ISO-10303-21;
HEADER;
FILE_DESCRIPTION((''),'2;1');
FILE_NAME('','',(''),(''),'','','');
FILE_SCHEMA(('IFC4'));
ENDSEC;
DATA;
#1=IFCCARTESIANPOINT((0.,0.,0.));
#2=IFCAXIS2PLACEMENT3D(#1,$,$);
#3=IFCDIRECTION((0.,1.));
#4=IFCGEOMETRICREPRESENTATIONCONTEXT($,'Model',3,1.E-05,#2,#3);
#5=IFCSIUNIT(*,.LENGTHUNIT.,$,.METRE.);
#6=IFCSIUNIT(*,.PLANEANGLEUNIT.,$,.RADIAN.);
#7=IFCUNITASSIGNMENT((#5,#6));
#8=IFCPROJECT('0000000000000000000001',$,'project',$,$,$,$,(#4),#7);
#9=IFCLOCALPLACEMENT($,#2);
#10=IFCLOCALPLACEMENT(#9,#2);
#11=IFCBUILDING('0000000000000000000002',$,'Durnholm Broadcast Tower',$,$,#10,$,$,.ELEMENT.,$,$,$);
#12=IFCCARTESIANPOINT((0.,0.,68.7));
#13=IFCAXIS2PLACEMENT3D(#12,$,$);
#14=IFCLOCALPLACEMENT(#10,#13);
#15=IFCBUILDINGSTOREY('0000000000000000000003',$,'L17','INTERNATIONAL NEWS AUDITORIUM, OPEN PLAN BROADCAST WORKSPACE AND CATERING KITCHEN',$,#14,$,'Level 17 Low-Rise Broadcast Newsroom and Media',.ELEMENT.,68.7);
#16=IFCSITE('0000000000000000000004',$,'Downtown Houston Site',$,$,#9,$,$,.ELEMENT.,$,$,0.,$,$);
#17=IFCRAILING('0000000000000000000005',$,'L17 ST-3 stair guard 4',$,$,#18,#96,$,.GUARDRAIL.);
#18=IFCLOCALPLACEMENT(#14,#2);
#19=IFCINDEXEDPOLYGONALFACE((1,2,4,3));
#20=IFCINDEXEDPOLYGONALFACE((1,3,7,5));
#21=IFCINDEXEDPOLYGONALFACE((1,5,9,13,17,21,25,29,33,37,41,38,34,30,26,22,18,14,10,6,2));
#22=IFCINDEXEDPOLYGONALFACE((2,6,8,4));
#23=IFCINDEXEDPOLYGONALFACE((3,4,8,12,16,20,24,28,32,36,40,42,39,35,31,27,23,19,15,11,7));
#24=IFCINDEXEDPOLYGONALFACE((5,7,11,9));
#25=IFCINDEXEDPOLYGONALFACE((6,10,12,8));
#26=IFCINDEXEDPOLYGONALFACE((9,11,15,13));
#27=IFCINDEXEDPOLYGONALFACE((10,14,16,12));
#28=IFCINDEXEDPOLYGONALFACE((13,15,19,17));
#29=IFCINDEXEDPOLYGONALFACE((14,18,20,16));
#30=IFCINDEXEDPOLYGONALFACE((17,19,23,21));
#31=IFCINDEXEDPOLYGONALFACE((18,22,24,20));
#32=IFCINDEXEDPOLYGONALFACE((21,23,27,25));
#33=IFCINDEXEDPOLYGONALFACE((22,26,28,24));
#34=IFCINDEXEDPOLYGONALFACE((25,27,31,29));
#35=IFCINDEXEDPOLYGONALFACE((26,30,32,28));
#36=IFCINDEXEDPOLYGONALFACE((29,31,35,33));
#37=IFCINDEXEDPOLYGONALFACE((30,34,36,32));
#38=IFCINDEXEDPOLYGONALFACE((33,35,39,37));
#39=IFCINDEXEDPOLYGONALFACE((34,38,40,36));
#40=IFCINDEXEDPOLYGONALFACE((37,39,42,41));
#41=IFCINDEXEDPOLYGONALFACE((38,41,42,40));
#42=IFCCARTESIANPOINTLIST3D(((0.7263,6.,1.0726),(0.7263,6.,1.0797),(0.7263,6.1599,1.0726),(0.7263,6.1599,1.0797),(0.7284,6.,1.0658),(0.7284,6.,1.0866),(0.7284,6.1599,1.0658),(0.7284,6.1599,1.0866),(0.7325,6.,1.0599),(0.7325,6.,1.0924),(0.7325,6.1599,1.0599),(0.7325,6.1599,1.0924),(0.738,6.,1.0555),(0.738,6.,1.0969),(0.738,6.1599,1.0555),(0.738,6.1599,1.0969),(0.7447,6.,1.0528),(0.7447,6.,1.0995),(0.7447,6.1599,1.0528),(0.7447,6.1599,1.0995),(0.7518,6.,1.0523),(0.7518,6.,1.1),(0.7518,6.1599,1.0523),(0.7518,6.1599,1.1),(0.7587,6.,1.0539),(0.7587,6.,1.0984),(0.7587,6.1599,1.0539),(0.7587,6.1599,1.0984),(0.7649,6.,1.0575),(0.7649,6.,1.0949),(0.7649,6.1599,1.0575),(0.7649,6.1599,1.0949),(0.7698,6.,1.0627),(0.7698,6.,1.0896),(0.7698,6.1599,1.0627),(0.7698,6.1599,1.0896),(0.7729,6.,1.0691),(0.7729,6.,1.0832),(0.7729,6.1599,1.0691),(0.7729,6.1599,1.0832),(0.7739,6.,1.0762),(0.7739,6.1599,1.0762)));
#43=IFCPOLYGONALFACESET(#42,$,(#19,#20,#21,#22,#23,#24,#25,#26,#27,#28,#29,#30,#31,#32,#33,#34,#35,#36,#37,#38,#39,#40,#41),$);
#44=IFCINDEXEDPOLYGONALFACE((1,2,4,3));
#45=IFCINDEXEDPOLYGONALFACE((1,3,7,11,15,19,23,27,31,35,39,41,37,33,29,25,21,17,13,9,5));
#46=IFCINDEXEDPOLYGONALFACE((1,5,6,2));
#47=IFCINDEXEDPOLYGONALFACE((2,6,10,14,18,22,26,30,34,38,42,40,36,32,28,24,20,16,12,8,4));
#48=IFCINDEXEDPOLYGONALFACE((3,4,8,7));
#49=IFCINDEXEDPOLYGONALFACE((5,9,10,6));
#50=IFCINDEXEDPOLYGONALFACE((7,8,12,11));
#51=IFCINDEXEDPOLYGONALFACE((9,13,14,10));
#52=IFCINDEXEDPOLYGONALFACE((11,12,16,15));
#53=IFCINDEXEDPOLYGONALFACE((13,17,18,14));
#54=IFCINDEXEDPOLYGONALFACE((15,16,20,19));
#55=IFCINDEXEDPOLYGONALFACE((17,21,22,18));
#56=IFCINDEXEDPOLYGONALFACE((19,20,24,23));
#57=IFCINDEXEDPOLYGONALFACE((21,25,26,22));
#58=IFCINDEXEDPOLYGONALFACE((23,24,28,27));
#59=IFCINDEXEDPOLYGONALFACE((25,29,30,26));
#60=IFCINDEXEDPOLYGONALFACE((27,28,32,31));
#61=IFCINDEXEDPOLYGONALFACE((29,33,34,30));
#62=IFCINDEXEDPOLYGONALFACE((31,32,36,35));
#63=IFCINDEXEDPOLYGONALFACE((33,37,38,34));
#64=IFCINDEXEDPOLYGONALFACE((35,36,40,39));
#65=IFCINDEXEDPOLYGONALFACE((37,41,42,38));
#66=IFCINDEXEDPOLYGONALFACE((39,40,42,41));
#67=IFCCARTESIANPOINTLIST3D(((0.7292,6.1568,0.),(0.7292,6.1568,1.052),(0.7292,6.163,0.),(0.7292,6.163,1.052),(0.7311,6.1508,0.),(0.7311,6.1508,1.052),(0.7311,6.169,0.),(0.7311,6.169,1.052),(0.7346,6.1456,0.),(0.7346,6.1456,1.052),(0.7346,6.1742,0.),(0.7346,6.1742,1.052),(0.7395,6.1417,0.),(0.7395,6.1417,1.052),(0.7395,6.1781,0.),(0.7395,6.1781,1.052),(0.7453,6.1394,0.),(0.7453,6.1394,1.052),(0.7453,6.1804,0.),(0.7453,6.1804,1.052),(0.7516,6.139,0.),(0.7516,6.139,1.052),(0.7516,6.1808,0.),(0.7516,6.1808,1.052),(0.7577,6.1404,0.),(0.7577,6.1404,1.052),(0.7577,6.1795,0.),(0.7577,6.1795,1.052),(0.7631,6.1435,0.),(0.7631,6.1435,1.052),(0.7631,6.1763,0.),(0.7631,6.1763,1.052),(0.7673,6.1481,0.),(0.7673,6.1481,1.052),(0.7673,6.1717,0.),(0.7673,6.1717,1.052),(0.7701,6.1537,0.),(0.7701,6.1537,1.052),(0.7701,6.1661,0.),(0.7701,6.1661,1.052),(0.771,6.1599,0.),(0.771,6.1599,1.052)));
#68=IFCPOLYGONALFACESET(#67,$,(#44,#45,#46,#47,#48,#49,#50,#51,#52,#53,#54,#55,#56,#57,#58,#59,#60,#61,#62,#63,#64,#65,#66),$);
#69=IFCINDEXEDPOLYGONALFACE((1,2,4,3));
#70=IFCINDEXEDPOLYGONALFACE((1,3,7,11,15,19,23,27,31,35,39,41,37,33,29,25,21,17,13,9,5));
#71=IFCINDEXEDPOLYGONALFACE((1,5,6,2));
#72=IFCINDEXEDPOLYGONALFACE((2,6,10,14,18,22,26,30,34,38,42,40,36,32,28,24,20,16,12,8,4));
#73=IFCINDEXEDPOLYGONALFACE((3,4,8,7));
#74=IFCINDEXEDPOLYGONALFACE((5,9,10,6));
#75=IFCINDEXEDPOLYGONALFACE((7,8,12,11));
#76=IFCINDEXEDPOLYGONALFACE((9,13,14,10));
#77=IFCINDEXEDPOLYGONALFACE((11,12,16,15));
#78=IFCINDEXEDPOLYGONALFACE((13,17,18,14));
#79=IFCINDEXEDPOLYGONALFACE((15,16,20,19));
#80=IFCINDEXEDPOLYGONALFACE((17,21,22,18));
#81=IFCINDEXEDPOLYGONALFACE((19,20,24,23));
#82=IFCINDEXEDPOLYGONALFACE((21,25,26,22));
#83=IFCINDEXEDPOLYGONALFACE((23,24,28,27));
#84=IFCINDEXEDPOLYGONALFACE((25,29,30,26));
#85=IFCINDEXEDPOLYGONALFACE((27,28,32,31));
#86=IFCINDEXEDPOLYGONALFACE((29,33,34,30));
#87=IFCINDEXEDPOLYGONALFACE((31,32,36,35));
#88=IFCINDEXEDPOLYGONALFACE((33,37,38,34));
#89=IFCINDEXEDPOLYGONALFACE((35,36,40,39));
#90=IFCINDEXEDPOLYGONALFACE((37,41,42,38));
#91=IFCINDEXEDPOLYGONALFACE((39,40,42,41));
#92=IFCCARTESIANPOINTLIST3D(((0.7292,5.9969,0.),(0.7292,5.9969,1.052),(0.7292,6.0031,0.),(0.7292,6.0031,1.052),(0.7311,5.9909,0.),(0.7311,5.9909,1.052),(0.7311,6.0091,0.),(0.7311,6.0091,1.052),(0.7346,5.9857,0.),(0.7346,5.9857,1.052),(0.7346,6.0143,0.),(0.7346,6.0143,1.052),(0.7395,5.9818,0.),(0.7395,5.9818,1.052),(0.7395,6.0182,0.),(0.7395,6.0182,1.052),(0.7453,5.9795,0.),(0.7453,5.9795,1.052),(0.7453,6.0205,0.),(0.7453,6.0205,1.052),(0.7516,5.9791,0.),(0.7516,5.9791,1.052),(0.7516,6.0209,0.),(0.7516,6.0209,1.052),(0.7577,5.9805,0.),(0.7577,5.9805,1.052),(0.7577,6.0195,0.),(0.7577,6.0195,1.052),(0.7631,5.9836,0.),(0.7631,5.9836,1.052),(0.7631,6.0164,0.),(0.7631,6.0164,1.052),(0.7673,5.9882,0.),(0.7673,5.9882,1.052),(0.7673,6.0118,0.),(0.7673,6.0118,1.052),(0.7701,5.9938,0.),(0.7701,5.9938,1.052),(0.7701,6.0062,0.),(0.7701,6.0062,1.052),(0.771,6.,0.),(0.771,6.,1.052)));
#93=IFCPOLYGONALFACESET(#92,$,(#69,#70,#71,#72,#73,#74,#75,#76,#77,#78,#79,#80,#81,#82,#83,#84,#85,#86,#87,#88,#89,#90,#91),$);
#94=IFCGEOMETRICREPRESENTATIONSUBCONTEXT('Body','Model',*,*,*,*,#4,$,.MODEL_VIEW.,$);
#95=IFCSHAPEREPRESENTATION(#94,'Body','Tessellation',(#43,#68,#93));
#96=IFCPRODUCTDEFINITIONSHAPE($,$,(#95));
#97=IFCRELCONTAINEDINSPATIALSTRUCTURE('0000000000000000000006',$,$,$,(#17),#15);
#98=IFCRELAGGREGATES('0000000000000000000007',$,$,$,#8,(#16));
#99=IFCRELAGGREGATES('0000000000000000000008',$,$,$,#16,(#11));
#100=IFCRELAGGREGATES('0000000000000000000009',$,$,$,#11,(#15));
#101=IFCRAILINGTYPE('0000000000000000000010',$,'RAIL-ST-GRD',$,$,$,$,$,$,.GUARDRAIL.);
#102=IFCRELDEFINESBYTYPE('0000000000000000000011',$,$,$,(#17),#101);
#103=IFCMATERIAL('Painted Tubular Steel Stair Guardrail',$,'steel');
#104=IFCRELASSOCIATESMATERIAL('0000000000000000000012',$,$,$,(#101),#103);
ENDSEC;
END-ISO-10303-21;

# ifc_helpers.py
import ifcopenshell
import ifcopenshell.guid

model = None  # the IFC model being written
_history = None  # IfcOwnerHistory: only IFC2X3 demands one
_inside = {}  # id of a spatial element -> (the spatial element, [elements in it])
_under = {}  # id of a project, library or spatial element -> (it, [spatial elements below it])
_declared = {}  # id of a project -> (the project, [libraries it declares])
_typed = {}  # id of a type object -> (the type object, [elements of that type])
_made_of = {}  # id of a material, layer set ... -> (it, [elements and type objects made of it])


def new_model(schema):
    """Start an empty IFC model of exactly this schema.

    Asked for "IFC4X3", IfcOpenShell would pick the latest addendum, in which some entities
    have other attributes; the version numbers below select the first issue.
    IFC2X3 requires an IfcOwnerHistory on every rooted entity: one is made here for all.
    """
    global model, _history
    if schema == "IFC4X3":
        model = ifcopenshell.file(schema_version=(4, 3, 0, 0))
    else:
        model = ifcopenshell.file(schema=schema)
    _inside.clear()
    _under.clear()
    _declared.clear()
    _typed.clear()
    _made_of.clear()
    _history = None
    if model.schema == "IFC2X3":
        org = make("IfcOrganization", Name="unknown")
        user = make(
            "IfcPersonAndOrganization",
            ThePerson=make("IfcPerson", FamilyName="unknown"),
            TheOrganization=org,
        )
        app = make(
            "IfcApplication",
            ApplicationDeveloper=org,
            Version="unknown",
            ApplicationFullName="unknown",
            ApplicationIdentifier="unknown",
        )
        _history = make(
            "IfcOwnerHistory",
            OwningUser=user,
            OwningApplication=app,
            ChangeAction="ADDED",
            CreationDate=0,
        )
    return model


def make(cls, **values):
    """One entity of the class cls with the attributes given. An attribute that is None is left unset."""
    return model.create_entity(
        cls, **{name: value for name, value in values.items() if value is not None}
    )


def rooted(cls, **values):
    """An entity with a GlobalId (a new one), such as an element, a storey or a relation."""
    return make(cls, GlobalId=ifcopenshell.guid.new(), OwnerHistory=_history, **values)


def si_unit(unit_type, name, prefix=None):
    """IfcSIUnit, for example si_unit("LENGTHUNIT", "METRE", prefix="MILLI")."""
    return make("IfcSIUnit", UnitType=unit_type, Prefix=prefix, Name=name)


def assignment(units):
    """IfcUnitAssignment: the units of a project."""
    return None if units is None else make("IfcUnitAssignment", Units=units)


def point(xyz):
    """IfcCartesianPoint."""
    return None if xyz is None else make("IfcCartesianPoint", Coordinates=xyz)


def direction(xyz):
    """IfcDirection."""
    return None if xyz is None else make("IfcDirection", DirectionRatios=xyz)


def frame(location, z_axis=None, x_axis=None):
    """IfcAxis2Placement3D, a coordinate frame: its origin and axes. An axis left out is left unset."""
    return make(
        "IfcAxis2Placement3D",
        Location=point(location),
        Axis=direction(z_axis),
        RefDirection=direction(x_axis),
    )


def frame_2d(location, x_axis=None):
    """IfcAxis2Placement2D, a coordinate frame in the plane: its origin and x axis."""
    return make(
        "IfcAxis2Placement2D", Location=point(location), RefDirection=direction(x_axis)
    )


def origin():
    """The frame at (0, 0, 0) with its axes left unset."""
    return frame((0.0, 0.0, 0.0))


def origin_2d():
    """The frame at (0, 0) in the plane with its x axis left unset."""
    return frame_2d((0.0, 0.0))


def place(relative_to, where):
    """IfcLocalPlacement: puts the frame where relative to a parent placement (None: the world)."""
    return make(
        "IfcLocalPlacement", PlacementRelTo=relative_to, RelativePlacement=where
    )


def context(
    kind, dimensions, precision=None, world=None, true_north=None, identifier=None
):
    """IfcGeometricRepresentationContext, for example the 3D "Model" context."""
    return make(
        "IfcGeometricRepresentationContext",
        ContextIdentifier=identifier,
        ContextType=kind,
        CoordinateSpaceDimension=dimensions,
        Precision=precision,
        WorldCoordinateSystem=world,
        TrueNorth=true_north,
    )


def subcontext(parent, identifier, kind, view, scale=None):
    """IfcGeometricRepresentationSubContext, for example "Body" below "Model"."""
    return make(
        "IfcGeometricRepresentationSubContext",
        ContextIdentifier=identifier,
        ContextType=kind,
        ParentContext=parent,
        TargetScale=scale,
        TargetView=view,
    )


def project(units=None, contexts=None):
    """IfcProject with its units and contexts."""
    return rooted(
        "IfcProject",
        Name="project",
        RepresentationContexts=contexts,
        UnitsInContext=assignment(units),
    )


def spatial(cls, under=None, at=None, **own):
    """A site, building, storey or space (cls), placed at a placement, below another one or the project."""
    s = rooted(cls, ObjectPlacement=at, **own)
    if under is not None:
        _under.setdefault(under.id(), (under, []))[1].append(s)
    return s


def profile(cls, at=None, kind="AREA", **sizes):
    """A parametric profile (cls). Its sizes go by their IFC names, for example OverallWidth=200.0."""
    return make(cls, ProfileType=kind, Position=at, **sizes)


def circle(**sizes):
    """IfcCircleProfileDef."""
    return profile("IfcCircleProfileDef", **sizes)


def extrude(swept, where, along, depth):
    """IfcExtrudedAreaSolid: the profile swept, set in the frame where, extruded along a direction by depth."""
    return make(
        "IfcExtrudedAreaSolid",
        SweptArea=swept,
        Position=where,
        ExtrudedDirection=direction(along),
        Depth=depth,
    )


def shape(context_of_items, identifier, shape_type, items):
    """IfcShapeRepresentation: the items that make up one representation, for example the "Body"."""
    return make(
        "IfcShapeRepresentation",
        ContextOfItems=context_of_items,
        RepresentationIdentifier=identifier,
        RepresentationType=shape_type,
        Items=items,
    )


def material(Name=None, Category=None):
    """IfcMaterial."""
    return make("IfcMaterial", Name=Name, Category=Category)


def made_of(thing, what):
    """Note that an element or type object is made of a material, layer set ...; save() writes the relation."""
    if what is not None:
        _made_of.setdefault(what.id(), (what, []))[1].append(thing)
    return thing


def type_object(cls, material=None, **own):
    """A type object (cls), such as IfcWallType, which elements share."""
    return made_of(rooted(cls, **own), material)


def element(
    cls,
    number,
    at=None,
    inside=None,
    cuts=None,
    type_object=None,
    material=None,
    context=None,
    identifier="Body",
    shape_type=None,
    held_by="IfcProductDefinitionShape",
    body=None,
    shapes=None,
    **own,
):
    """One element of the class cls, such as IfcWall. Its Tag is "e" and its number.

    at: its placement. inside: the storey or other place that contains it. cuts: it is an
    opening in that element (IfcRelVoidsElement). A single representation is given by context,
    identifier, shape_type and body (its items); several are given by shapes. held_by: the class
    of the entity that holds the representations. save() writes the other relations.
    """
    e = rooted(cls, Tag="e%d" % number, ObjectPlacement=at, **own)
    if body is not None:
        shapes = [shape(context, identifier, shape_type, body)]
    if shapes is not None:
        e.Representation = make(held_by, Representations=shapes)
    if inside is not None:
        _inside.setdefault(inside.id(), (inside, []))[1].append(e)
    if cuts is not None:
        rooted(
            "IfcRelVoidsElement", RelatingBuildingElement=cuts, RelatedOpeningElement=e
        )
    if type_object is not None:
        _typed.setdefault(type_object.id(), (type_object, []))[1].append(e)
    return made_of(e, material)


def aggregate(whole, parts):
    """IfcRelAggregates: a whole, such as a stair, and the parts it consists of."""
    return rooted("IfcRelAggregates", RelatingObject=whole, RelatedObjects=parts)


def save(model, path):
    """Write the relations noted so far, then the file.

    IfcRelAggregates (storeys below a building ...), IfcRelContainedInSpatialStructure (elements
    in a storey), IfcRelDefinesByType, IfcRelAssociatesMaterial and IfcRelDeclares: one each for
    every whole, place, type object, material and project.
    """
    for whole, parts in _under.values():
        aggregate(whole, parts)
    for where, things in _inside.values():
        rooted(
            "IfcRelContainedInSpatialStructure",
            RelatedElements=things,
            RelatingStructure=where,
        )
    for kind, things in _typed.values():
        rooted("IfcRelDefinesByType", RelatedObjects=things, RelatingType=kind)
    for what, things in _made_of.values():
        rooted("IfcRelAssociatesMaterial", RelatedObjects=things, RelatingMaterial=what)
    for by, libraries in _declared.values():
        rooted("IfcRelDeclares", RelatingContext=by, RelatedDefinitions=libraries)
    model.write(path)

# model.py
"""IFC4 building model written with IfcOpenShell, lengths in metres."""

from ifc_helpers import new_model, si_unit, direction, frame, origin, origin_2d, place, context, subcontext, project, spatial, circle, extrude, material, type_object, element, save


model = new_model("IFC4")

# Units and contexts
model_context = context("Model", 3, precision=1e-05, world=origin(), true_north=direction((0.0, 1.0)))
body_context = subcontext(model_context, "Body", "Model", "MODEL_VIEW")
ifc_project = project(units=[si_unit("LENGTHUNIT", "METRE"), si_unit("PLANEANGLEUNIT", "RADIAN")], contexts=[model_context])

# Site, building, storey
site_placement = place(None, origin())
site = spatial("IfcSite", under=ifc_project, at=site_placement, Name="Downtown Houston Site", CompositionType="ELEMENT", RefElevation=0.0)
building_placement = place(site_placement, origin())
building = spatial("IfcBuilding", under=site, at=building_placement, Name="Durnholm Broadcast Tower", CompositionType="ELEMENT")
storey_placement = place(building_placement, frame((0.0, 0.0, 68.7)))
storey = spatial("IfcBuildingStorey", under=building, at=storey_placement, Name="L17", Description="INTERNATIONAL NEWS AUDITORIUM, OPEN PLAN BROADCAST WORKSPACE AND CATERING KITCHEN", LongName="Level 17 Low-Rise Broadcast Newsroom and Media", CompositionType="ELEMENT", Elevation=68.7)

# Railing
ifc_material_1 = material(Name="Painted Tubular Steel Stair Guardrail", Category="steel")
railing_type_1 = type_object("IfcRailingType", Name="RAIL-ST-GRD", PredefinedType="GUARDRAIL", material=ifc_material_1)
railing_1_placement = place(storey_placement, frame((0.75, 6.1599, 0.0)))
element("IfcRailing", 1, at=railing_1_placement, inside=storey, type_object=railing_type_1, Name="L17 ST-3 stair guard 4", PredefinedType="GUARDRAIL", context=body_context, shape_type="SweptSolid", body=[
    extrude(circle(Radius=0.0239, at=origin_2d()), frame((0.0, 0.0, 1.0762), z_axis=(0.0, -1.0, 0.0), x_axis=(1.0, 0.0, 0.0)), (0.0, 0.0, 1.0), 0.1599),
    extrude(circle(Radius=0.021, at=origin_2d()), origin(), (0.0, 0.0, 1.0), 1.052),
    extrude(circle(Radius=0.021, at=origin_2d()), frame((0.0, -0.1599, 0.0)), (0.0, 0.0, 1.0), 1.052),
])

save(model, "model.ifc")
